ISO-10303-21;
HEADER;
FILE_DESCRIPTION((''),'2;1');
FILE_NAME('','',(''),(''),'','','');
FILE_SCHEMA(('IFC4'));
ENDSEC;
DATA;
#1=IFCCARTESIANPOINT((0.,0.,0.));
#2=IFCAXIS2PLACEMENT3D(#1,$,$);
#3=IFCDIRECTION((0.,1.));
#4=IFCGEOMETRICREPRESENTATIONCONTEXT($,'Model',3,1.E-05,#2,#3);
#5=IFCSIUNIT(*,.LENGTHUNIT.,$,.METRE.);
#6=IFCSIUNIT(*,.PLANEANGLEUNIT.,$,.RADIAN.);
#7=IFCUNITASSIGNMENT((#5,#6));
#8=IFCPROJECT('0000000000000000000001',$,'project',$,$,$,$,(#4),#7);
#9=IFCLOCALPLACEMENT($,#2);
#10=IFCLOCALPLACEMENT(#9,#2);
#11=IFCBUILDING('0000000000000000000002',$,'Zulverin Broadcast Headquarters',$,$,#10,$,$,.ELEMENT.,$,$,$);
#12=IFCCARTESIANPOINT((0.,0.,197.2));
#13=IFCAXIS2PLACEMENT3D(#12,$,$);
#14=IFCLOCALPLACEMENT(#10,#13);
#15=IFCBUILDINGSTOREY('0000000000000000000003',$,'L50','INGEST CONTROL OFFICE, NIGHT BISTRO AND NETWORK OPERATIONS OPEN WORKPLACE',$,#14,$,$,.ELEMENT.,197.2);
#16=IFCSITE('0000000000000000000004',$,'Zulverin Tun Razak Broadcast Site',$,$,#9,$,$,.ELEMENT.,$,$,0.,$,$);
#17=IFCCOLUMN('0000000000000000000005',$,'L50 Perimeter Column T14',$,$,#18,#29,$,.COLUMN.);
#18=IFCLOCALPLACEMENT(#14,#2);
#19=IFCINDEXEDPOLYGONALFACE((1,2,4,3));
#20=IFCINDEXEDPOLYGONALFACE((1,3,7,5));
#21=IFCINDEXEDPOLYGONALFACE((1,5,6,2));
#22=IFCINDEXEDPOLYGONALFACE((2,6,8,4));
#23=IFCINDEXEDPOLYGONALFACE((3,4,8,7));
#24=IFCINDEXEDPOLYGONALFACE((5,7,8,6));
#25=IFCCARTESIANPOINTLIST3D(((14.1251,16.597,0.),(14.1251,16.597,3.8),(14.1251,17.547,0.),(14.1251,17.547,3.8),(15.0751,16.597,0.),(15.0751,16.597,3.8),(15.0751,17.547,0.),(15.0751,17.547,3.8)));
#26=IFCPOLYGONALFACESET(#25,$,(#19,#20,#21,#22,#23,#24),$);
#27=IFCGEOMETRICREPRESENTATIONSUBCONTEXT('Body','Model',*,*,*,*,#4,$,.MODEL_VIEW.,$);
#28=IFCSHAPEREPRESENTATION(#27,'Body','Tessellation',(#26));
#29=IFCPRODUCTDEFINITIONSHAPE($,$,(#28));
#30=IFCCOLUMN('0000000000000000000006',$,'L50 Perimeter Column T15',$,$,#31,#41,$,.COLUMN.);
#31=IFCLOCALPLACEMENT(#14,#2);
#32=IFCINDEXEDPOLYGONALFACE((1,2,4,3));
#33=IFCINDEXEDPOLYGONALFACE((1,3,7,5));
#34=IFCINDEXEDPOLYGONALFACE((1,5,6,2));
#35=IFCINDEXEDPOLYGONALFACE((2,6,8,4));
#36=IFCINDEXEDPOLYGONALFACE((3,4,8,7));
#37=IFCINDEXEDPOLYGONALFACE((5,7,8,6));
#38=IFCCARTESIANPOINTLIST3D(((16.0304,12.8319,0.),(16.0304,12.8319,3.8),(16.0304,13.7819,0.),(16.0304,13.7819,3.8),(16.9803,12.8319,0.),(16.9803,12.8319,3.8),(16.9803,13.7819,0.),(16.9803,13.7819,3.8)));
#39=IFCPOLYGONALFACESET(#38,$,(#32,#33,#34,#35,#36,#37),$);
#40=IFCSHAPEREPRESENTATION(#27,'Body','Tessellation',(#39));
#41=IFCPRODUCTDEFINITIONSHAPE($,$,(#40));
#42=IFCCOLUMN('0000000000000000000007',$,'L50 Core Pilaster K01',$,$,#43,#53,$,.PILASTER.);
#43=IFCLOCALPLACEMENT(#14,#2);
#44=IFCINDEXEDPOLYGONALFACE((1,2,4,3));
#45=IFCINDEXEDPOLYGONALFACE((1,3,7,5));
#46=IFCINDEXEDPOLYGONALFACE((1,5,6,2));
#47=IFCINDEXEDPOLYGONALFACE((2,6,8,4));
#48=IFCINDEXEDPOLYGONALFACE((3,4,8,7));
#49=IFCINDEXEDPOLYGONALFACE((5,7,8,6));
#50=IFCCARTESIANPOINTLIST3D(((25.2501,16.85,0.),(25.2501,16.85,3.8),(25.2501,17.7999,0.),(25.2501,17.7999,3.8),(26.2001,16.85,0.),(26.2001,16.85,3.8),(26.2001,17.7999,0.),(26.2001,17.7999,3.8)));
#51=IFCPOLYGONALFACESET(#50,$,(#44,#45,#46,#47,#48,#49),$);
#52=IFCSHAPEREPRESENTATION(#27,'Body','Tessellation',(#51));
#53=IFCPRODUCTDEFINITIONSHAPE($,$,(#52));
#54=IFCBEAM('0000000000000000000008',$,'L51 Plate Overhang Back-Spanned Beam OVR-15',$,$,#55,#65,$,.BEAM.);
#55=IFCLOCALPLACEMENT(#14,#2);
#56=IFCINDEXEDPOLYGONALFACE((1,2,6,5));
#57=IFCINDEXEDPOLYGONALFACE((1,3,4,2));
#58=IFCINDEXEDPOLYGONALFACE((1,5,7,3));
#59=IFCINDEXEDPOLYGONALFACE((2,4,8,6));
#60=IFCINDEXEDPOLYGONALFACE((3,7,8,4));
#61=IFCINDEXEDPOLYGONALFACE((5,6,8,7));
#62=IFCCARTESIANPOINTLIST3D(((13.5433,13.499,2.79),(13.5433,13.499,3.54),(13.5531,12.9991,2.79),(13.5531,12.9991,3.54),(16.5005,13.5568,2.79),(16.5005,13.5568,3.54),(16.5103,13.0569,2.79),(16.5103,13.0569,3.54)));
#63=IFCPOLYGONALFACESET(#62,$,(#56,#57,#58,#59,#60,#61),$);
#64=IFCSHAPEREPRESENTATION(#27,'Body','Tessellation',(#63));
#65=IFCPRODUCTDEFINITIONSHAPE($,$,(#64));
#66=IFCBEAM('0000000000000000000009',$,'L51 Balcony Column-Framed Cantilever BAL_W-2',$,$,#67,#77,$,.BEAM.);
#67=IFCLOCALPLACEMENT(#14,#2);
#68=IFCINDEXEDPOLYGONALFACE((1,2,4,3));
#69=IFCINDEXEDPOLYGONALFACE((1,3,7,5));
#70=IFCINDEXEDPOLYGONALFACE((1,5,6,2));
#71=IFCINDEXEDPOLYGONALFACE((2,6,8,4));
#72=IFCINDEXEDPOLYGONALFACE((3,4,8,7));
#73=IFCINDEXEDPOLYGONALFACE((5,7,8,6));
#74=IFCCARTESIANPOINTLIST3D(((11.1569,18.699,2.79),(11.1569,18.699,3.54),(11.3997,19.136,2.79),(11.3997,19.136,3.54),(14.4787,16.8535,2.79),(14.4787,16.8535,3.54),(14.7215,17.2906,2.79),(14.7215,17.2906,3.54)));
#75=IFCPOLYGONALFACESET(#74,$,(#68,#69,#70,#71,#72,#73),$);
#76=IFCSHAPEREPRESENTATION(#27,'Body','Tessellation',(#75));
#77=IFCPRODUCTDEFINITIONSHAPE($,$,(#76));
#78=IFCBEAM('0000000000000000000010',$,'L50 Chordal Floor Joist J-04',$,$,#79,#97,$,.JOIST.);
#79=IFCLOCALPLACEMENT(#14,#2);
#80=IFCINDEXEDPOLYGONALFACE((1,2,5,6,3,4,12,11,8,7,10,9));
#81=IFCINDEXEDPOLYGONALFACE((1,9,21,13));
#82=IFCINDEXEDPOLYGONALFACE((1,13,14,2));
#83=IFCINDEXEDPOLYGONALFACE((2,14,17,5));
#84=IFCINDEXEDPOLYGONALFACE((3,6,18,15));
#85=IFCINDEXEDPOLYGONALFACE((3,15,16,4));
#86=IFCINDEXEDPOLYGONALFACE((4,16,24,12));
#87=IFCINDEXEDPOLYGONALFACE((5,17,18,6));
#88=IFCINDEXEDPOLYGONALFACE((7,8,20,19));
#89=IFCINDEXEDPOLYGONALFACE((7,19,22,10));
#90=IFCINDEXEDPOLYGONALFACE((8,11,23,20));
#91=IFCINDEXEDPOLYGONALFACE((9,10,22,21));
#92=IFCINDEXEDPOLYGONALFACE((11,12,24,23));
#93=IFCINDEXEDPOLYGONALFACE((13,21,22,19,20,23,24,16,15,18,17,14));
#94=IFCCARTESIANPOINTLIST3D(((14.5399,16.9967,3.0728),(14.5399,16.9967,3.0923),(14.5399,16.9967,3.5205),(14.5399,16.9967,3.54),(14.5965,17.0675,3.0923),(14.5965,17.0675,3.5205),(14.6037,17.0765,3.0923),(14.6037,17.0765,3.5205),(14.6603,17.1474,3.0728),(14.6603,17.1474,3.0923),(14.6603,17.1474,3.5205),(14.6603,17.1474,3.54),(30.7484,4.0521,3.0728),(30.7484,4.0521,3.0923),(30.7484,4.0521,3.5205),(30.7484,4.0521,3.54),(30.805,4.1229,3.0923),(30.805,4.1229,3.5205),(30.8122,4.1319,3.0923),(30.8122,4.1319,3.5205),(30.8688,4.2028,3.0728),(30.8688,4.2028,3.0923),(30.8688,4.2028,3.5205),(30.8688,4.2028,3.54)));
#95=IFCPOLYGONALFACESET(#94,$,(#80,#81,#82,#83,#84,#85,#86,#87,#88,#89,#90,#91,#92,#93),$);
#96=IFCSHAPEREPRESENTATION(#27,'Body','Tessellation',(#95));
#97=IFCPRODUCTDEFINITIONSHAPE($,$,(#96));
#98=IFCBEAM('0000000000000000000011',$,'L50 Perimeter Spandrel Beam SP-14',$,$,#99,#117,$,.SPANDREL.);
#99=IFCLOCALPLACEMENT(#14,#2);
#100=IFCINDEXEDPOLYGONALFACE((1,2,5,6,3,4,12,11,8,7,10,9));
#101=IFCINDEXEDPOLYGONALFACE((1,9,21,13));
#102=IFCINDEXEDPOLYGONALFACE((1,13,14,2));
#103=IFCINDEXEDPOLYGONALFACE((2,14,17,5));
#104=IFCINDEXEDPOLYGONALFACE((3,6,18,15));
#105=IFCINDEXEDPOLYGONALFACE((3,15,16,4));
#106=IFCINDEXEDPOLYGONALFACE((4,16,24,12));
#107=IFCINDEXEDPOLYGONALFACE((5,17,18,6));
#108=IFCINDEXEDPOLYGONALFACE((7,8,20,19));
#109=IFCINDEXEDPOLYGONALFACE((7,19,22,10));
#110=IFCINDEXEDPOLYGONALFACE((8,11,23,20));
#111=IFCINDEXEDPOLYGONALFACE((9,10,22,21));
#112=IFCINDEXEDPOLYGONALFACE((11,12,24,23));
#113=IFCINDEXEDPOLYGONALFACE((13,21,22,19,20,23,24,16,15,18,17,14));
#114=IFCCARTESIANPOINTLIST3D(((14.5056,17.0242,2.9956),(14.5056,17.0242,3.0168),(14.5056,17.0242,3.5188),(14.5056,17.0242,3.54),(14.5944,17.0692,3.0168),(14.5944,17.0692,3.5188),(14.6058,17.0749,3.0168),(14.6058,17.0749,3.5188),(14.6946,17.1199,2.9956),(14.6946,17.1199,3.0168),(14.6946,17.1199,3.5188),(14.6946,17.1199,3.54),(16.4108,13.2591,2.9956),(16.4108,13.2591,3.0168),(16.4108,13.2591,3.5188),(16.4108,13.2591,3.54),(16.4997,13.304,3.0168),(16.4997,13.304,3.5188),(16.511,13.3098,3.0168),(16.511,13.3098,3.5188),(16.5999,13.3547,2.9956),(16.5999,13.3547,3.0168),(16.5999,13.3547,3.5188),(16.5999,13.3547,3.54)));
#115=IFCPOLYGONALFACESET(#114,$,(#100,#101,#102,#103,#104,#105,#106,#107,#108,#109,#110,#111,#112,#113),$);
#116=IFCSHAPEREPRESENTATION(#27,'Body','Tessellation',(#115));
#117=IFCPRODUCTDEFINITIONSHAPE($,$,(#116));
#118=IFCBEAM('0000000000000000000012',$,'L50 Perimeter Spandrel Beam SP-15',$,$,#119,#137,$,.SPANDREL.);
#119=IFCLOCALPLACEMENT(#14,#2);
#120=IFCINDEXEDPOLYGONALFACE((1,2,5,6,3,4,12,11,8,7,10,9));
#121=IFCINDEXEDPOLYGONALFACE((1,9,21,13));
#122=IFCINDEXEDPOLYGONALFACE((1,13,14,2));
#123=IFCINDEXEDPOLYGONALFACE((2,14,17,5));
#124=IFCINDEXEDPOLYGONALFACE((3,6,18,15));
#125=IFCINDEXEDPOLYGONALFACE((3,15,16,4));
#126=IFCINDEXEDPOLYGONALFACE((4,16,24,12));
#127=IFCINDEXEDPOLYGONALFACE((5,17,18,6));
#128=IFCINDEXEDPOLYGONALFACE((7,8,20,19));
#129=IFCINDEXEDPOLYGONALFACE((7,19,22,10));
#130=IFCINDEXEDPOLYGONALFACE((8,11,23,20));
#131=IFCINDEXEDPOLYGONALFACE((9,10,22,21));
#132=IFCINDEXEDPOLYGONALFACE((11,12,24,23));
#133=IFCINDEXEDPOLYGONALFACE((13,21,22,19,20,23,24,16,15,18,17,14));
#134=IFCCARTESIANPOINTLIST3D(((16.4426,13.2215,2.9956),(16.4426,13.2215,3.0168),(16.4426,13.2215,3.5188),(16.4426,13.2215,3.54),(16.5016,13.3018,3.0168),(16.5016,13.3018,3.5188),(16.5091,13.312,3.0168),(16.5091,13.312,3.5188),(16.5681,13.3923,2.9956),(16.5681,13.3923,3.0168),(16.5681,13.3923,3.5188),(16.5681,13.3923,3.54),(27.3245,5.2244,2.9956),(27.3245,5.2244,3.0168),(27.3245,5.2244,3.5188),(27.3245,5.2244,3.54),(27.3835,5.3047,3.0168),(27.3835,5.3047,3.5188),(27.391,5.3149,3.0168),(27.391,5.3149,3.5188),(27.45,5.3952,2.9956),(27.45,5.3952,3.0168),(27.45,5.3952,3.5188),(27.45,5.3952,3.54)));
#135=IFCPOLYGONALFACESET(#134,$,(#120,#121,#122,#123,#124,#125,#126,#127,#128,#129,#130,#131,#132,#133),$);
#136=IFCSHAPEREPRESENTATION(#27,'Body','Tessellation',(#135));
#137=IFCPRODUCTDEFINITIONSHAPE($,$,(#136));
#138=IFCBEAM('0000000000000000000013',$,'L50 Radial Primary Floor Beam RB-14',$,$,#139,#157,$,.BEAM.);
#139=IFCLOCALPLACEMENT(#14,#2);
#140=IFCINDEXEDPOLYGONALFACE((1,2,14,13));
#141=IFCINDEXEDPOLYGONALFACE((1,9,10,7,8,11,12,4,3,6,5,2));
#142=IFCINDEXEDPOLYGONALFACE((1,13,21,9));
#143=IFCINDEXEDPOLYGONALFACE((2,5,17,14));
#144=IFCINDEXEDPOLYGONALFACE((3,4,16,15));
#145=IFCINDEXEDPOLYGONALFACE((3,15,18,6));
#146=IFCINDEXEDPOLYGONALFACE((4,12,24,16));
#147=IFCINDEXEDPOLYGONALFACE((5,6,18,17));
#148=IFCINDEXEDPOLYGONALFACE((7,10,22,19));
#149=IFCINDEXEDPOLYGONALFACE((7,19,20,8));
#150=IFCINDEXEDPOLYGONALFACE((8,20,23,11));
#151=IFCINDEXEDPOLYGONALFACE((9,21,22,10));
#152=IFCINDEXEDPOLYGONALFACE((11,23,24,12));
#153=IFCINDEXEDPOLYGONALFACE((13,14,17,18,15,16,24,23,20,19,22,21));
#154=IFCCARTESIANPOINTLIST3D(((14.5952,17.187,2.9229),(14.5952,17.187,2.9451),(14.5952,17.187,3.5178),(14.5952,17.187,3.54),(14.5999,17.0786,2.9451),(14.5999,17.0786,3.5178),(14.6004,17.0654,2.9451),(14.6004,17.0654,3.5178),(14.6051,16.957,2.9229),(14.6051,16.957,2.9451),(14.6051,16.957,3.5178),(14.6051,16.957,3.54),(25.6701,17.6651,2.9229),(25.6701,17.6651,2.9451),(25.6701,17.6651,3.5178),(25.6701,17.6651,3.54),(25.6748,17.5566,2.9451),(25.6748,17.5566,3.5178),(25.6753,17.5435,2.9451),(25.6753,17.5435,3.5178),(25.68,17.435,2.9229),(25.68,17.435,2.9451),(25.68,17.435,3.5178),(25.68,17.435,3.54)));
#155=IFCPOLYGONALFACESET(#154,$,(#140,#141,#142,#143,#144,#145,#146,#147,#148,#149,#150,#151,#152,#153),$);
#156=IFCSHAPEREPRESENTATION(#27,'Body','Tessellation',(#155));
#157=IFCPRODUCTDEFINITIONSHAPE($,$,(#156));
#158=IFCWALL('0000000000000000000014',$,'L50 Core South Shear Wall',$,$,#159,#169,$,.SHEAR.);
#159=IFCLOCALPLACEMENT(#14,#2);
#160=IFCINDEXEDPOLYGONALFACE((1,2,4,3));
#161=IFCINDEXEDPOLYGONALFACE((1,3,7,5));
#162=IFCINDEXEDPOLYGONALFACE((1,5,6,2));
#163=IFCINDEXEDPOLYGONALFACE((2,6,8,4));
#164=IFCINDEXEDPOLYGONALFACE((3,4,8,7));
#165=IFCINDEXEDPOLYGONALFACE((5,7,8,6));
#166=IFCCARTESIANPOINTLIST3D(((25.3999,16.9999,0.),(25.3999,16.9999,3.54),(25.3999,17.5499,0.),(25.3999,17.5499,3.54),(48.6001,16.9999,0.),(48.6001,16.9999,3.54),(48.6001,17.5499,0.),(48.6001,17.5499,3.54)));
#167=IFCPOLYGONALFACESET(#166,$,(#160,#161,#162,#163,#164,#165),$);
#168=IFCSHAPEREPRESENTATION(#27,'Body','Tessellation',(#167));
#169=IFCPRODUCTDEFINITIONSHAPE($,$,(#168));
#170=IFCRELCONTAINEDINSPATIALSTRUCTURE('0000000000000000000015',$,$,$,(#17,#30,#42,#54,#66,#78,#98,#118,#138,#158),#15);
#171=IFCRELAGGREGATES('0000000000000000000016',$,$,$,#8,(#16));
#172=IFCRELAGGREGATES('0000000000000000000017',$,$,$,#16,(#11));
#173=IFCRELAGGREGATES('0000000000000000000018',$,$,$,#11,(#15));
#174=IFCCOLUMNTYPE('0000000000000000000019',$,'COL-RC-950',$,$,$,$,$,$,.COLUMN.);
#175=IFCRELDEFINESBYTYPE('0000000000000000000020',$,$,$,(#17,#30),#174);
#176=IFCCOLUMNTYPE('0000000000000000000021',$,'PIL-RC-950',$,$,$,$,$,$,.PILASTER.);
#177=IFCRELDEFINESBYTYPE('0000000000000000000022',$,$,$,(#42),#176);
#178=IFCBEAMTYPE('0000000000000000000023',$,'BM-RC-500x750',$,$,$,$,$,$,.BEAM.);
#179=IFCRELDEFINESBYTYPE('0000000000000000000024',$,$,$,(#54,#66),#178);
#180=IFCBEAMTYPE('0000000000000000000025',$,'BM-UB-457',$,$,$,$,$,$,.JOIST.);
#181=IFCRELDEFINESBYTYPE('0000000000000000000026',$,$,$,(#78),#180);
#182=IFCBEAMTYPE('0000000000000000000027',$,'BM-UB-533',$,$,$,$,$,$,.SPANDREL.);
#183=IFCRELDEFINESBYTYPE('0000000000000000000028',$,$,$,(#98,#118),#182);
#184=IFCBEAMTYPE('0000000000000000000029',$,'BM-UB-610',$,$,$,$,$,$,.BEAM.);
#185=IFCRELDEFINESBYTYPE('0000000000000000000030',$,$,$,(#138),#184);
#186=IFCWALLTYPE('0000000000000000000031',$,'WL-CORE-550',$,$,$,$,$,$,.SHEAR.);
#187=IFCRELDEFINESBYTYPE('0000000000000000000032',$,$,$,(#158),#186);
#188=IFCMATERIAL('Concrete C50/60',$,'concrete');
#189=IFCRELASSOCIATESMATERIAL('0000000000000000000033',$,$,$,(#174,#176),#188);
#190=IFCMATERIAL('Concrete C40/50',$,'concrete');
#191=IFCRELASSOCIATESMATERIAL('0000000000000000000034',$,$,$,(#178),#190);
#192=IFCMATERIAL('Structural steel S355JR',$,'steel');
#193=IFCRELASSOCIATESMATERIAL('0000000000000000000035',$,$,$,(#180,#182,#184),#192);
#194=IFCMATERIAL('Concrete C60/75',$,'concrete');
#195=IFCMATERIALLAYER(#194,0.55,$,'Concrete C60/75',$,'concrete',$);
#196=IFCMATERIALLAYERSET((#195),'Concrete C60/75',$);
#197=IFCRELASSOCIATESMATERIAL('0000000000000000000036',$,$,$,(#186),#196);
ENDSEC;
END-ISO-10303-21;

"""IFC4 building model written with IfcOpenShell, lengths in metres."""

from ifc_helpers import new_model, si_unit, direction, frame, frame_2d, origin, origin_2d, place, context, subcontext, project, spatial, rectangle, i_section, extrude, material, layer, layer_set, material_profile, profile_set, type_object, element, save


model = new_model("IFC4")

# Units and contexts
model_context = context("Model", 3, precision=1e-05, world=origin(), true_north=direction((0.0, 1.0)))
body_context = subcontext(model_context, "Body", "Model", "MODEL_VIEW")
ifc_project = project(units=[si_unit("LENGTHUNIT", "METRE"), si_unit("PLANEANGLEUNIT", "RADIAN")], contexts=[model_context])

# Site, building, storey
site_placement = place(None, origin())
site = spatial("IfcSite", under=ifc_project, at=site_placement, Name="Zulverin Tun Razak Broadcast Site", CompositionType="ELEMENT", RefElevation=0.0)
building_placement = place(site_placement, origin())
building = spatial("IfcBuilding", under=site, at=building_placement, Name="Zulverin Broadcast Headquarters", CompositionType="ELEMENT")
storey_placement = place(building_placement, frame((0.0, 0.0, 197.2)))
storey = spatial("IfcBuildingStorey", under=building, at=storey_placement, Name="L50", Description="INGEST CONTROL OFFICE, NIGHT BISTRO AND NETWORK OPERATIONS OPEN WORKPLACE", CompositionType="ELEMENT", Elevation=197.2)

# Columns
ifc_material_1 = material(Name="Concrete C50/60", Category="concrete")
ifc_material_profile_1 = material_profile(ifc_material_1, rectangle(XDim=0.95, YDim=0.95, at=origin_2d()), Name="Concrete C50/60", Category="concrete")
ifc_profile_set_1 = profile_set([ifc_material_profile_1], Name="Concrete C50/60")
column_type_1 = type_object("IfcColumnType", Name="COL-RC-950", PredefinedType="COLUMN", material=ifc_profile_set_1)
for number, where, z_axis, x_axis, name in (
    (1, (14.6001, 17.072, 0.0), (0.0, 0.0, 1.0), (1.0, 0.0, 0.0), "L50 Perimeter Column T14"),
    (2, (16.5054, 13.3069, 0.0), (0.0, 0.0, 1.0), (1.0, 0.0, 0.0), "L50 Perimeter Column T15"),
):
    element("IfcColumn", number, at=place(storey_placement, frame(where, z_axis=z_axis, x_axis=x_axis)), inside=storey, type_object=column_type_1, Name=name, PredefinedType="COLUMN", context=body_context, shape_type="SweptSolid", body=[
        extrude(rectangle(XDim=0.95, YDim=0.95, at=origin_2d()), origin(), (0.0, 0.0, 1.0), 3.8),
    ])
ifc_material_profile_2 = material_profile(ifc_material_1, rectangle(XDim=0.95, YDim=0.95, at=origin_2d()), Name="Concrete C50/60", Category="concrete")
ifc_profile_set_2 = profile_set([ifc_material_profile_2], Name="Concrete C50/60")
column_type_2 = type_object("IfcColumnType", Name="PIL-RC-950", PredefinedType="PILASTER", material=ifc_profile_set_2)
column_placement = place(storey_placement, frame((25.7251, 17.325, 0.0), z_axis=(0.0, 0.0, 1.0), x_axis=(1.0, 0.0, 0.0)))
element("IfcColumn", 3, at=column_placement, inside=storey, type_object=column_type_2, Name="L50 Core Pilaster K01", PredefinedType="PILASTER", context=body_context, shape_type="SweptSolid", body=[
    extrude(rectangle(XDim=0.95, YDim=0.95, at=origin_2d()), origin(), (0.0, 0.0, 1.0), 3.8),
])

# Beams
ifc_material_2 = material(Name="Concrete C40/50", Category="concrete")
ifc_material_profile_3 = material_profile(ifc_material_2, rectangle(XDim=0.5, YDim=0.75, at=origin_2d()), Name="Concrete C40/50", Category="concrete")
ifc_profile_set_3 = profile_set([ifc_material_profile_3], Name="Concrete C40/50")
beam_type_1 = type_object("IfcBeamType", Name="BM-RC-500x750", PredefinedType="BEAM", material=ifc_profile_set_3)
beam_1_placement = place(storey_placement, frame((16.5054, 13.3069, 3.165), z_axis=(-0.999809, -0.019562, 0.0), x_axis=(0.019562, -0.999809, 0.0)))
element("IfcBeam", 4, at=beam_1_placement, inside=storey, type_object=beam_type_1, Name="L51 Plate Overhang Back-Spanned Beam OVR-15", PredefinedType="BEAM", context=body_context, shape_type="SweptSolid", body=[
    extrude(rectangle(XDim=0.5, YDim=0.75, at=origin_2d()), origin(), (0.0, 0.0, 1.0), 2.9578),
])
beam_2_placement = place(storey_placement, frame((14.6001, 17.072, 3.165), z_axis=(-0.874154, 0.485648, 0.0), x_axis=(-0.485648, -0.874154, 0.0)))
element("IfcBeam", 5, at=beam_2_placement, inside=storey, type_object=beam_type_1, Name="L51 Balcony Column-Framed Cantilever BAL_W-2", PredefinedType="BEAM", context=body_context, shape_type="SweptSolid", body=[
    extrude(rectangle(XDim=0.5, YDim=0.75, at=origin_2d()), origin(), (0.0, 0.0, 1.0), 3.8),
])
ifc_material_3 = material(Name="Structural steel S355JR", Category="steel")
ifc_material_profile_4 = material_profile(ifc_material_3, i_section(OverallWidth=0.1929, OverallDepth=0.4673, WebThickness=0.0115, FlangeThickness=0.0195, at=origin_2d()), Name="Structural steel S355JR", Category="steel")
ifc_profile_set_4 = profile_set([ifc_material_profile_4], Name="Structural steel S355JR")
beam_type_2 = type_object("IfcBeamType", Name="BM-UB-457", PredefinedType="JOIST", material=ifc_profile_set_4)
beam_3_placement = place(storey_placement, frame((14.6001, 17.072, 3.3064), z_axis=(0.781391, -0.624042, 0.0), x_axis=(0.624042, 0.781391, 0.0)))
element("IfcBeam", 6, at=beam_3_placement, inside=storey, type_object=beam_type_2, Name="L50 Chordal Floor Joist J-04", PredefinedType="JOIST", context=body_context, shape_type="SweptSolid", body=[
    extrude(i_section(OverallWidth=0.1929, OverallDepth=0.4673, WebThickness=0.0115, FlangeThickness=0.0195, at=origin_2d()), origin(), (0.0, 0.0, 1.0), 20.7432),
])
ifc_material_profile_5 = material_profile(ifc_material_3, i_section(OverallWidth=0.2119, OverallDepth=0.5444, WebThickness=0.0127, FlangeThickness=0.0212, at=origin_2d()), Name="Structural steel S355JR", Category="steel")
ifc_profile_set_5 = profile_set([ifc_material_profile_5], Name="Structural steel S355JR")
beam_type_3 = type_object("IfcBeamType", Name="BM-UB-533", PredefinedType="SPANDREL", material=ifc_profile_set_5)
beam_4_placement = place(storey_placement, frame((14.6001, 17.072, 3.2678), z_axis=(0.451513, -0.892265, 0.0), x_axis=(0.892265, 0.451513, 0.0)))
element("IfcBeam", 7, at=beam_4_placement, inside=storey, type_object=beam_type_3, Name="L50 Perimeter Spandrel Beam SP-14", PredefinedType="SPANDREL", context=body_context, shape_type="SweptSolid", body=[
    extrude(i_section(OverallWidth=0.2119, OverallDepth=0.5444, WebThickness=0.0127, FlangeThickness=0.0212, at=origin_2d()), origin(), (0.0, 0.0, 1.0), 4.2197),
])
beam_5_placement = place(storey_placement, frame((16.5054, 13.3069, 3.2678), z_axis=(0.805802, -0.592185, 0.0), x_axis=(0.592185, 0.805802, 0.0)))
element("IfcBeam", 8, at=beam_5_placement, inside=storey, type_object=beam_type_3, Name="L50 Perimeter Spandrel Beam SP-15", PredefinedType="SPANDREL", context=body_context, shape_type="SweptSolid", body=[
    extrude(i_section(OverallWidth=0.2119, OverallDepth=0.5444, WebThickness=0.0127, FlangeThickness=0.0212, at=origin_2d()), origin(), (0.0, 0.0, 1.0), 13.5044),
])
ifc_material_profile_6 = material_profile(ifc_material_3, i_section(OverallWidth=0.2302, OverallDepth=0.6172, WebThickness=0.0132, FlangeThickness=0.0222, at=origin_2d()), Name="Structural steel S355JR", Category="steel")
ifc_profile_set_6 = profile_set([ifc_material_profile_6], Name="Structural steel S355JR")
beam_type_4 = type_object("IfcBeamType", Name="BM-UB-610", PredefinedType="BEAM", material=ifc_profile_set_6)
beam_6_placement = place(storey_placement, frame((25.675, 17.55, 3.2314), z_axis=(-0.99907, -0.043123, 0.0), x_axis=(0.043123, -0.99907, 0.0)))
element("IfcBeam", 9, at=beam_6_placement, inside=storey, type_object=beam_type_4, Name="L50 Radial Primary Floor Beam RB-14", PredefinedType="BEAM", context=body_context, shape_type="SweptSolid", body=[
    extrude(i_section(OverallWidth=0.2302, OverallDepth=0.6172, WebThickness=0.0132, FlangeThickness=0.0222, at=origin_2d()), origin(), (0.0, 0.0, 1.0), 11.0852),
])

# Wall
ifc_material_4 = material(Name="Concrete C60/75", Category="concrete")
ifc_layer_1 = layer(ifc_material_4, 0.55, Name="Concrete C60/75", Category="concrete")
ifc_layer_set_1 = layer_set([ifc_layer_1], Name="Concrete C60/75")
wall_type_1 = type_object("IfcWallType", Name="WL-CORE-550", PredefinedType="SHEAR", material=ifc_layer_set_1)
wall_1_placement = place(storey_placement, frame((25.3999, 17.2749, 0.0), z_axis=(0.0, 0.0, 1.0), x_axis=(1.0, 0.0, 0.0)))
element("IfcWall", 10, at=wall_1_placement, inside=storey, type_object=wall_type_1, Name="L50 Core South Shear Wall", PredefinedType="SHEAR", context=body_context, shape_type="SweptSolid", body=[
    extrude(rectangle(XDim=23.2002, YDim=0.55, at=frame_2d((11.6001, 0.0))), origin(), (0.0, 0.0, 1.0), 3.54),
])

save(model, "model.ifc")
